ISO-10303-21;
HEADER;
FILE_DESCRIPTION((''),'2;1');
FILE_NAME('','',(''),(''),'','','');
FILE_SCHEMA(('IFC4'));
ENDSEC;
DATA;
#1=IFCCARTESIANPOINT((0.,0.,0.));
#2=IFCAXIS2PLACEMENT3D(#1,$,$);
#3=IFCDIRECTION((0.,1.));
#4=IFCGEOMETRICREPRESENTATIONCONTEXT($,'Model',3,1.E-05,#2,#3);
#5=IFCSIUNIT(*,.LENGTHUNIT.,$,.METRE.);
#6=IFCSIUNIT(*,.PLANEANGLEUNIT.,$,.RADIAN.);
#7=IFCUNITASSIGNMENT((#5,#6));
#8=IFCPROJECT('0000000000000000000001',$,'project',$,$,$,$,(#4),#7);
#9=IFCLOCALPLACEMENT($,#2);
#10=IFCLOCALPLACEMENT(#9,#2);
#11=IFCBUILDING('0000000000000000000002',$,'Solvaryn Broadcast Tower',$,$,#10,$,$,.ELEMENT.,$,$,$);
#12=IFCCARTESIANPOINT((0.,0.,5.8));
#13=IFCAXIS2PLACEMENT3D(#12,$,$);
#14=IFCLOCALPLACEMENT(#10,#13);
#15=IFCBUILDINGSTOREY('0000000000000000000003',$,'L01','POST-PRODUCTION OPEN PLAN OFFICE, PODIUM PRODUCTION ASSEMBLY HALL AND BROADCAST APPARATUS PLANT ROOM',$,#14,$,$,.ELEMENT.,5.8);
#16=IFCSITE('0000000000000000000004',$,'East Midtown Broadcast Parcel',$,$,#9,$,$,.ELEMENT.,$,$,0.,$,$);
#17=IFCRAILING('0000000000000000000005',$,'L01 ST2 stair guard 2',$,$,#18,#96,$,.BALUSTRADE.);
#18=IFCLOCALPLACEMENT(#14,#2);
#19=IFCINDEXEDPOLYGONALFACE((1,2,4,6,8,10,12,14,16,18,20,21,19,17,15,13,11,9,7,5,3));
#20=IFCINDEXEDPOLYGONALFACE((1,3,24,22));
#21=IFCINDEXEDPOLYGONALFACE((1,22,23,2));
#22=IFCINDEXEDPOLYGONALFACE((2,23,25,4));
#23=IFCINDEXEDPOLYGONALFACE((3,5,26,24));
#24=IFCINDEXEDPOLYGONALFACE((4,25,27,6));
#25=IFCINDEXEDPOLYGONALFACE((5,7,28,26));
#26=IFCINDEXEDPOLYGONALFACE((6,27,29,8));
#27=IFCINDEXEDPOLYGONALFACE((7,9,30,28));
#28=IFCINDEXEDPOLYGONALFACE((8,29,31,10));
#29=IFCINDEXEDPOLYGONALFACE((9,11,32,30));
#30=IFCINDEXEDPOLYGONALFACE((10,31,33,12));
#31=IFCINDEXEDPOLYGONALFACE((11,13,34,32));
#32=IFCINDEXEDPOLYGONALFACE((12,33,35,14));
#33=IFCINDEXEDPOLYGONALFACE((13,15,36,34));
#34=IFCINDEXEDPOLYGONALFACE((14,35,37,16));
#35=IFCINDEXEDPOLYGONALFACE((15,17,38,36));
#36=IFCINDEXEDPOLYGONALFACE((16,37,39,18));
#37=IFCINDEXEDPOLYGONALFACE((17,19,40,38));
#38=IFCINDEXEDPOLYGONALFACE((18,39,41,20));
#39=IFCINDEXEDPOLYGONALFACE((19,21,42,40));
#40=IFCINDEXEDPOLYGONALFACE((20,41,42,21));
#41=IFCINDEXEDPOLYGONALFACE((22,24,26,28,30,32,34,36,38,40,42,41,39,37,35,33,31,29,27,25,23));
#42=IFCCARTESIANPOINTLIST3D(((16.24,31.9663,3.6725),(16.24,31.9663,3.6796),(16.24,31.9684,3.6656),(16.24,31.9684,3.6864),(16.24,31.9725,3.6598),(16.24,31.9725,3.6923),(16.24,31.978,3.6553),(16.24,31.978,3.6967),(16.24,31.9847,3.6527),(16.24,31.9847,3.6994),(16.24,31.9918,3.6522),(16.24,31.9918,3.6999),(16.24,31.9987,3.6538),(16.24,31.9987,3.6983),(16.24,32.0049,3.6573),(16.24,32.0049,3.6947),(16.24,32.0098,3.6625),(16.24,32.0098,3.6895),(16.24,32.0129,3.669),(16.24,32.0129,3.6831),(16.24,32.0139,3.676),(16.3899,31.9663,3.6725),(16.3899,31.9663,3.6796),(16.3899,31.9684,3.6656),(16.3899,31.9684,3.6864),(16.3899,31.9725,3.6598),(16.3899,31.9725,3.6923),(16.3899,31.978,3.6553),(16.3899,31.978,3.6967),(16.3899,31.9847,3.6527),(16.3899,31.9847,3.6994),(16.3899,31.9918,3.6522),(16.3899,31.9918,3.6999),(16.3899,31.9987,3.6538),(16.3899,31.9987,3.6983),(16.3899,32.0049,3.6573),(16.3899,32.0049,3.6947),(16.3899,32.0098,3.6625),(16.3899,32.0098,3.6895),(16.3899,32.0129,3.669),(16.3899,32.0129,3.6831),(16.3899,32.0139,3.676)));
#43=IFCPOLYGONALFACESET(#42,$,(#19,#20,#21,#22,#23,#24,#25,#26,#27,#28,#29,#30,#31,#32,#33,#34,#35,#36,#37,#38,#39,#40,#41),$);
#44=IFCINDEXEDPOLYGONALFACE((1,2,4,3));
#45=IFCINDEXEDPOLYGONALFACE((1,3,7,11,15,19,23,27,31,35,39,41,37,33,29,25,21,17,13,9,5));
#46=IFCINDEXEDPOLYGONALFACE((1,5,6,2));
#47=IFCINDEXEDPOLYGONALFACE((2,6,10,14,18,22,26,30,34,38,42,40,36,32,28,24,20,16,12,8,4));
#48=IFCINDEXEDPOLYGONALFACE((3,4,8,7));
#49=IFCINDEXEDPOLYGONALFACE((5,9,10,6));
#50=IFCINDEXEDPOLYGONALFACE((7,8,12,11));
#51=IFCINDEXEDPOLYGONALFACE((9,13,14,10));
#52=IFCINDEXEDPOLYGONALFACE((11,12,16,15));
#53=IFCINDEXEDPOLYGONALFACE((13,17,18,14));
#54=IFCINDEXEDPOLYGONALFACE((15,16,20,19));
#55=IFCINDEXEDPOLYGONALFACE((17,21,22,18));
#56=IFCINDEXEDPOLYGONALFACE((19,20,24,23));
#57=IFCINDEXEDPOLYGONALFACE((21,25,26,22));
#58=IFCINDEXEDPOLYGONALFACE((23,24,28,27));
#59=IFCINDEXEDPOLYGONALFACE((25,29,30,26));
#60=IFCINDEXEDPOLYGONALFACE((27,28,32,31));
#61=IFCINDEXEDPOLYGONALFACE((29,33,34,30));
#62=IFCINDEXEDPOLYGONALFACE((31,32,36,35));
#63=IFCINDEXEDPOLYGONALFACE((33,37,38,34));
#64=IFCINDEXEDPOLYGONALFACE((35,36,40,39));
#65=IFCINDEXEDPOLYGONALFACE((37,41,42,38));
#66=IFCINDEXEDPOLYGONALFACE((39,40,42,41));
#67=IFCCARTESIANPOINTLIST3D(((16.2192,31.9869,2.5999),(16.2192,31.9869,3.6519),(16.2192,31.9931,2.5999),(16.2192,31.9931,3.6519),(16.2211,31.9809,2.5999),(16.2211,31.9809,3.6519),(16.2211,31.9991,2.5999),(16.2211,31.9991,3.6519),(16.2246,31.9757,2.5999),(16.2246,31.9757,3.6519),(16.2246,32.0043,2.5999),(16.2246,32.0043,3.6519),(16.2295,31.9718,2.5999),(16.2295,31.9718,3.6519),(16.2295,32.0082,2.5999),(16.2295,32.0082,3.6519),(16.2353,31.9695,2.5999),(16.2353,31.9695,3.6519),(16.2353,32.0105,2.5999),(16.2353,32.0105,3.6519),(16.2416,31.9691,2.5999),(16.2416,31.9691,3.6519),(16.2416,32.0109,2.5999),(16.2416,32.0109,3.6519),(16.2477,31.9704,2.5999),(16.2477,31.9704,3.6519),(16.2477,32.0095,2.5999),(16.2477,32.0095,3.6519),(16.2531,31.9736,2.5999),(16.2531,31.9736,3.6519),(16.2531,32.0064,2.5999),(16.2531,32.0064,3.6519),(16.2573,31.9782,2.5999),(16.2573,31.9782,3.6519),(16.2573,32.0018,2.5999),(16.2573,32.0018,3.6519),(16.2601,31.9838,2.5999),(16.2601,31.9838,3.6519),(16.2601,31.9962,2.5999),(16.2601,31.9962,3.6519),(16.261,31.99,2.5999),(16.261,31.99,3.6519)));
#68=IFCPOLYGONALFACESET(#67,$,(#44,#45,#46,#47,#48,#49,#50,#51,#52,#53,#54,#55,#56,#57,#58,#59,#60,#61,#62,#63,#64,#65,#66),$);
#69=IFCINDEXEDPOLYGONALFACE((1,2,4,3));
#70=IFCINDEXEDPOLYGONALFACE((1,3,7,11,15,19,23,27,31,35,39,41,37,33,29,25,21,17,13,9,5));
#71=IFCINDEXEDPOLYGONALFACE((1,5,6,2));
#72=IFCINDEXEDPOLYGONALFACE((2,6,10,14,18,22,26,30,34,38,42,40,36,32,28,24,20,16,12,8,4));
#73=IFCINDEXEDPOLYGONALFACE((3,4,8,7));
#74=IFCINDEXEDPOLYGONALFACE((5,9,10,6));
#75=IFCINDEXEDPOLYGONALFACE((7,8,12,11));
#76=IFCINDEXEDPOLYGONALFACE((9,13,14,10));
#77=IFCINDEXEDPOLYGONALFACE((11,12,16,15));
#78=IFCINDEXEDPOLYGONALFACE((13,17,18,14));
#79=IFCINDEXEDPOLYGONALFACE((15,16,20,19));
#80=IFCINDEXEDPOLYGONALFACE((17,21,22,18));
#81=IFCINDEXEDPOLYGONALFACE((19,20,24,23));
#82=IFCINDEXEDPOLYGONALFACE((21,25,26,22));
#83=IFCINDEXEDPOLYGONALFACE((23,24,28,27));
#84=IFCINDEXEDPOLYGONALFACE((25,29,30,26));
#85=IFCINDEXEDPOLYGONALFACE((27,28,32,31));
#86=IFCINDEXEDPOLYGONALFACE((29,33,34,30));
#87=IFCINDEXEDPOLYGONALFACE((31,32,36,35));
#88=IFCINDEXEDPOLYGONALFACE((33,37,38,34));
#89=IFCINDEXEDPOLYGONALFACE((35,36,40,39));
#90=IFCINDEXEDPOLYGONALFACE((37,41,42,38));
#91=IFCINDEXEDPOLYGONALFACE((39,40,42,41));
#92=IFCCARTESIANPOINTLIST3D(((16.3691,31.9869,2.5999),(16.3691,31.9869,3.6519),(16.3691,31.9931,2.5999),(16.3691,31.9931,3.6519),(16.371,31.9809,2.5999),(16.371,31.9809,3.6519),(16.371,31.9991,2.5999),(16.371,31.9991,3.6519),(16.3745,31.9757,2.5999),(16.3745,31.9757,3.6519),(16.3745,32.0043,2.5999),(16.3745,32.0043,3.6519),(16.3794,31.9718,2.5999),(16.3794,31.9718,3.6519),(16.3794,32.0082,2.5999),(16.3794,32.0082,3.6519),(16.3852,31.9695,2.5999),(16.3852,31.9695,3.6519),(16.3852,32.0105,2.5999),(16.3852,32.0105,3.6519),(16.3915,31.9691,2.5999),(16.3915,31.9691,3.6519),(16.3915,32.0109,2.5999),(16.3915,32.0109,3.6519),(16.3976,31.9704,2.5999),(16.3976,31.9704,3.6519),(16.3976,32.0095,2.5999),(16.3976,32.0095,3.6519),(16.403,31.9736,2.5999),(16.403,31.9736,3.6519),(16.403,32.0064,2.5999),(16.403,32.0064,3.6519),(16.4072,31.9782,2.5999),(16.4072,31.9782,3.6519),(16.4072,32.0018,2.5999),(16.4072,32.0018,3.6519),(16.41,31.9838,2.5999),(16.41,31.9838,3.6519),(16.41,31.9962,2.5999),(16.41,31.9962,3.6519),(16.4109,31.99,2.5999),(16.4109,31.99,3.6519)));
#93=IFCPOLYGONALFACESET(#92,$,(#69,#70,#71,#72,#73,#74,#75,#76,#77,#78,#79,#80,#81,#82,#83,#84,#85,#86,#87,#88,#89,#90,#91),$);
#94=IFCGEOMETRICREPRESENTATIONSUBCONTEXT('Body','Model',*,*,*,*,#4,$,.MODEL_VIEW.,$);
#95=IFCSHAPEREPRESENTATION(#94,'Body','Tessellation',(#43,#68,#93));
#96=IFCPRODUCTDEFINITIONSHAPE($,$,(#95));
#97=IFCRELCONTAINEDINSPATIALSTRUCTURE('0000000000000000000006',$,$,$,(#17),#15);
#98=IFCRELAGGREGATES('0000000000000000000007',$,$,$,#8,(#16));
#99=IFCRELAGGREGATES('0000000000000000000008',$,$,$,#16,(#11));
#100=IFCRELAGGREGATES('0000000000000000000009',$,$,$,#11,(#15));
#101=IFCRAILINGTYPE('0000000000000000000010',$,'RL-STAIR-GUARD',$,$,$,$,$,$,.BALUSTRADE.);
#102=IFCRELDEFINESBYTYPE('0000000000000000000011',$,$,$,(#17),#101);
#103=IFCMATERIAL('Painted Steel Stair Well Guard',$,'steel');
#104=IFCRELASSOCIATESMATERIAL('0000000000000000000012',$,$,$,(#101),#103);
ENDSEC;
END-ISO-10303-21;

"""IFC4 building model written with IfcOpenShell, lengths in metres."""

from ifc_helpers import new_model, si_unit, direction, frame, origin, origin_2d, place, context, subcontext, project, spatial, circle, extrude, material, type_object, element, save


model = new_model("IFC4")

# Units and contexts
model_context = context("Model", 3, precision=1e-05, world=origin(), true_north=direction((0.0, 1.0)))
body_context = subcontext(model_context, "Body", "Model", "MODEL_VIEW")
ifc_project = project(units=[si_unit("LENGTHUNIT", "METRE"), si_unit("PLANEANGLEUNIT", "RADIAN")], contexts=[model_context])

# Site, building, storey
site_placement = place(None, origin())
site = spatial("IfcSite", under=ifc_project, at=site_placement, Name="East Midtown Broadcast Parcel", CompositionType="ELEMENT", RefElevation=0.0)
building_placement = place(site_placement, origin())
building = spatial("IfcBuilding", under=site, at=building_placement, Name="Solvaryn Broadcast Tower", CompositionType="ELEMENT")
storey_placement = place(building_placement, frame((0.0, 0.0, 5.8)))
storey = spatial("IfcBuildingStorey", under=building, at=storey_placement, Name="L01", Description="POST-PRODUCTION OPEN PLAN OFFICE, PODIUM PRODUCTION ASSEMBLY HALL AND BROADCAST APPARATUS PLANT ROOM", CompositionType="ELEMENT", Elevation=5.8)

# Railing
ifc_material_1 = material(Name="Painted Steel Stair Well Guard", Category="steel")
railing_type_1 = type_object("IfcRailingType", Name="RL-STAIR-GUARD", PredefinedType="BALUSTRADE", material=ifc_material_1)
railing_1_placement = place(storey_placement, frame((16.24, 31.99, 2.5999)))
element("IfcRailing", 1, at=railing_1_placement, inside=storey, type_object=railing_type_1, Name="L01 ST2 stair guard 2", PredefinedType="BALUSTRADE", context=body_context, shape_type="SweptSolid", body=[
    extrude(circle(Radius=0.0239, at=origin_2d()), frame((0.0, 0.0, 1.0762), z_axis=(1.0, 0.0, 0.0), x_axis=(0.0, 1.0, 0.0)), (0.0, 0.0, 1.0), 0.1499),
    extrude(circle(Radius=0.021, at=origin_2d()), origin(), (0.0, 0.0, 1.0), 1.052),
    extrude(circle(Radius=0.021, at=origin_2d()), frame((0.1499, 0.0, 0.0)), (0.0, 0.0, 1.0), 1.052),
])

save(model, "model.ifc")
